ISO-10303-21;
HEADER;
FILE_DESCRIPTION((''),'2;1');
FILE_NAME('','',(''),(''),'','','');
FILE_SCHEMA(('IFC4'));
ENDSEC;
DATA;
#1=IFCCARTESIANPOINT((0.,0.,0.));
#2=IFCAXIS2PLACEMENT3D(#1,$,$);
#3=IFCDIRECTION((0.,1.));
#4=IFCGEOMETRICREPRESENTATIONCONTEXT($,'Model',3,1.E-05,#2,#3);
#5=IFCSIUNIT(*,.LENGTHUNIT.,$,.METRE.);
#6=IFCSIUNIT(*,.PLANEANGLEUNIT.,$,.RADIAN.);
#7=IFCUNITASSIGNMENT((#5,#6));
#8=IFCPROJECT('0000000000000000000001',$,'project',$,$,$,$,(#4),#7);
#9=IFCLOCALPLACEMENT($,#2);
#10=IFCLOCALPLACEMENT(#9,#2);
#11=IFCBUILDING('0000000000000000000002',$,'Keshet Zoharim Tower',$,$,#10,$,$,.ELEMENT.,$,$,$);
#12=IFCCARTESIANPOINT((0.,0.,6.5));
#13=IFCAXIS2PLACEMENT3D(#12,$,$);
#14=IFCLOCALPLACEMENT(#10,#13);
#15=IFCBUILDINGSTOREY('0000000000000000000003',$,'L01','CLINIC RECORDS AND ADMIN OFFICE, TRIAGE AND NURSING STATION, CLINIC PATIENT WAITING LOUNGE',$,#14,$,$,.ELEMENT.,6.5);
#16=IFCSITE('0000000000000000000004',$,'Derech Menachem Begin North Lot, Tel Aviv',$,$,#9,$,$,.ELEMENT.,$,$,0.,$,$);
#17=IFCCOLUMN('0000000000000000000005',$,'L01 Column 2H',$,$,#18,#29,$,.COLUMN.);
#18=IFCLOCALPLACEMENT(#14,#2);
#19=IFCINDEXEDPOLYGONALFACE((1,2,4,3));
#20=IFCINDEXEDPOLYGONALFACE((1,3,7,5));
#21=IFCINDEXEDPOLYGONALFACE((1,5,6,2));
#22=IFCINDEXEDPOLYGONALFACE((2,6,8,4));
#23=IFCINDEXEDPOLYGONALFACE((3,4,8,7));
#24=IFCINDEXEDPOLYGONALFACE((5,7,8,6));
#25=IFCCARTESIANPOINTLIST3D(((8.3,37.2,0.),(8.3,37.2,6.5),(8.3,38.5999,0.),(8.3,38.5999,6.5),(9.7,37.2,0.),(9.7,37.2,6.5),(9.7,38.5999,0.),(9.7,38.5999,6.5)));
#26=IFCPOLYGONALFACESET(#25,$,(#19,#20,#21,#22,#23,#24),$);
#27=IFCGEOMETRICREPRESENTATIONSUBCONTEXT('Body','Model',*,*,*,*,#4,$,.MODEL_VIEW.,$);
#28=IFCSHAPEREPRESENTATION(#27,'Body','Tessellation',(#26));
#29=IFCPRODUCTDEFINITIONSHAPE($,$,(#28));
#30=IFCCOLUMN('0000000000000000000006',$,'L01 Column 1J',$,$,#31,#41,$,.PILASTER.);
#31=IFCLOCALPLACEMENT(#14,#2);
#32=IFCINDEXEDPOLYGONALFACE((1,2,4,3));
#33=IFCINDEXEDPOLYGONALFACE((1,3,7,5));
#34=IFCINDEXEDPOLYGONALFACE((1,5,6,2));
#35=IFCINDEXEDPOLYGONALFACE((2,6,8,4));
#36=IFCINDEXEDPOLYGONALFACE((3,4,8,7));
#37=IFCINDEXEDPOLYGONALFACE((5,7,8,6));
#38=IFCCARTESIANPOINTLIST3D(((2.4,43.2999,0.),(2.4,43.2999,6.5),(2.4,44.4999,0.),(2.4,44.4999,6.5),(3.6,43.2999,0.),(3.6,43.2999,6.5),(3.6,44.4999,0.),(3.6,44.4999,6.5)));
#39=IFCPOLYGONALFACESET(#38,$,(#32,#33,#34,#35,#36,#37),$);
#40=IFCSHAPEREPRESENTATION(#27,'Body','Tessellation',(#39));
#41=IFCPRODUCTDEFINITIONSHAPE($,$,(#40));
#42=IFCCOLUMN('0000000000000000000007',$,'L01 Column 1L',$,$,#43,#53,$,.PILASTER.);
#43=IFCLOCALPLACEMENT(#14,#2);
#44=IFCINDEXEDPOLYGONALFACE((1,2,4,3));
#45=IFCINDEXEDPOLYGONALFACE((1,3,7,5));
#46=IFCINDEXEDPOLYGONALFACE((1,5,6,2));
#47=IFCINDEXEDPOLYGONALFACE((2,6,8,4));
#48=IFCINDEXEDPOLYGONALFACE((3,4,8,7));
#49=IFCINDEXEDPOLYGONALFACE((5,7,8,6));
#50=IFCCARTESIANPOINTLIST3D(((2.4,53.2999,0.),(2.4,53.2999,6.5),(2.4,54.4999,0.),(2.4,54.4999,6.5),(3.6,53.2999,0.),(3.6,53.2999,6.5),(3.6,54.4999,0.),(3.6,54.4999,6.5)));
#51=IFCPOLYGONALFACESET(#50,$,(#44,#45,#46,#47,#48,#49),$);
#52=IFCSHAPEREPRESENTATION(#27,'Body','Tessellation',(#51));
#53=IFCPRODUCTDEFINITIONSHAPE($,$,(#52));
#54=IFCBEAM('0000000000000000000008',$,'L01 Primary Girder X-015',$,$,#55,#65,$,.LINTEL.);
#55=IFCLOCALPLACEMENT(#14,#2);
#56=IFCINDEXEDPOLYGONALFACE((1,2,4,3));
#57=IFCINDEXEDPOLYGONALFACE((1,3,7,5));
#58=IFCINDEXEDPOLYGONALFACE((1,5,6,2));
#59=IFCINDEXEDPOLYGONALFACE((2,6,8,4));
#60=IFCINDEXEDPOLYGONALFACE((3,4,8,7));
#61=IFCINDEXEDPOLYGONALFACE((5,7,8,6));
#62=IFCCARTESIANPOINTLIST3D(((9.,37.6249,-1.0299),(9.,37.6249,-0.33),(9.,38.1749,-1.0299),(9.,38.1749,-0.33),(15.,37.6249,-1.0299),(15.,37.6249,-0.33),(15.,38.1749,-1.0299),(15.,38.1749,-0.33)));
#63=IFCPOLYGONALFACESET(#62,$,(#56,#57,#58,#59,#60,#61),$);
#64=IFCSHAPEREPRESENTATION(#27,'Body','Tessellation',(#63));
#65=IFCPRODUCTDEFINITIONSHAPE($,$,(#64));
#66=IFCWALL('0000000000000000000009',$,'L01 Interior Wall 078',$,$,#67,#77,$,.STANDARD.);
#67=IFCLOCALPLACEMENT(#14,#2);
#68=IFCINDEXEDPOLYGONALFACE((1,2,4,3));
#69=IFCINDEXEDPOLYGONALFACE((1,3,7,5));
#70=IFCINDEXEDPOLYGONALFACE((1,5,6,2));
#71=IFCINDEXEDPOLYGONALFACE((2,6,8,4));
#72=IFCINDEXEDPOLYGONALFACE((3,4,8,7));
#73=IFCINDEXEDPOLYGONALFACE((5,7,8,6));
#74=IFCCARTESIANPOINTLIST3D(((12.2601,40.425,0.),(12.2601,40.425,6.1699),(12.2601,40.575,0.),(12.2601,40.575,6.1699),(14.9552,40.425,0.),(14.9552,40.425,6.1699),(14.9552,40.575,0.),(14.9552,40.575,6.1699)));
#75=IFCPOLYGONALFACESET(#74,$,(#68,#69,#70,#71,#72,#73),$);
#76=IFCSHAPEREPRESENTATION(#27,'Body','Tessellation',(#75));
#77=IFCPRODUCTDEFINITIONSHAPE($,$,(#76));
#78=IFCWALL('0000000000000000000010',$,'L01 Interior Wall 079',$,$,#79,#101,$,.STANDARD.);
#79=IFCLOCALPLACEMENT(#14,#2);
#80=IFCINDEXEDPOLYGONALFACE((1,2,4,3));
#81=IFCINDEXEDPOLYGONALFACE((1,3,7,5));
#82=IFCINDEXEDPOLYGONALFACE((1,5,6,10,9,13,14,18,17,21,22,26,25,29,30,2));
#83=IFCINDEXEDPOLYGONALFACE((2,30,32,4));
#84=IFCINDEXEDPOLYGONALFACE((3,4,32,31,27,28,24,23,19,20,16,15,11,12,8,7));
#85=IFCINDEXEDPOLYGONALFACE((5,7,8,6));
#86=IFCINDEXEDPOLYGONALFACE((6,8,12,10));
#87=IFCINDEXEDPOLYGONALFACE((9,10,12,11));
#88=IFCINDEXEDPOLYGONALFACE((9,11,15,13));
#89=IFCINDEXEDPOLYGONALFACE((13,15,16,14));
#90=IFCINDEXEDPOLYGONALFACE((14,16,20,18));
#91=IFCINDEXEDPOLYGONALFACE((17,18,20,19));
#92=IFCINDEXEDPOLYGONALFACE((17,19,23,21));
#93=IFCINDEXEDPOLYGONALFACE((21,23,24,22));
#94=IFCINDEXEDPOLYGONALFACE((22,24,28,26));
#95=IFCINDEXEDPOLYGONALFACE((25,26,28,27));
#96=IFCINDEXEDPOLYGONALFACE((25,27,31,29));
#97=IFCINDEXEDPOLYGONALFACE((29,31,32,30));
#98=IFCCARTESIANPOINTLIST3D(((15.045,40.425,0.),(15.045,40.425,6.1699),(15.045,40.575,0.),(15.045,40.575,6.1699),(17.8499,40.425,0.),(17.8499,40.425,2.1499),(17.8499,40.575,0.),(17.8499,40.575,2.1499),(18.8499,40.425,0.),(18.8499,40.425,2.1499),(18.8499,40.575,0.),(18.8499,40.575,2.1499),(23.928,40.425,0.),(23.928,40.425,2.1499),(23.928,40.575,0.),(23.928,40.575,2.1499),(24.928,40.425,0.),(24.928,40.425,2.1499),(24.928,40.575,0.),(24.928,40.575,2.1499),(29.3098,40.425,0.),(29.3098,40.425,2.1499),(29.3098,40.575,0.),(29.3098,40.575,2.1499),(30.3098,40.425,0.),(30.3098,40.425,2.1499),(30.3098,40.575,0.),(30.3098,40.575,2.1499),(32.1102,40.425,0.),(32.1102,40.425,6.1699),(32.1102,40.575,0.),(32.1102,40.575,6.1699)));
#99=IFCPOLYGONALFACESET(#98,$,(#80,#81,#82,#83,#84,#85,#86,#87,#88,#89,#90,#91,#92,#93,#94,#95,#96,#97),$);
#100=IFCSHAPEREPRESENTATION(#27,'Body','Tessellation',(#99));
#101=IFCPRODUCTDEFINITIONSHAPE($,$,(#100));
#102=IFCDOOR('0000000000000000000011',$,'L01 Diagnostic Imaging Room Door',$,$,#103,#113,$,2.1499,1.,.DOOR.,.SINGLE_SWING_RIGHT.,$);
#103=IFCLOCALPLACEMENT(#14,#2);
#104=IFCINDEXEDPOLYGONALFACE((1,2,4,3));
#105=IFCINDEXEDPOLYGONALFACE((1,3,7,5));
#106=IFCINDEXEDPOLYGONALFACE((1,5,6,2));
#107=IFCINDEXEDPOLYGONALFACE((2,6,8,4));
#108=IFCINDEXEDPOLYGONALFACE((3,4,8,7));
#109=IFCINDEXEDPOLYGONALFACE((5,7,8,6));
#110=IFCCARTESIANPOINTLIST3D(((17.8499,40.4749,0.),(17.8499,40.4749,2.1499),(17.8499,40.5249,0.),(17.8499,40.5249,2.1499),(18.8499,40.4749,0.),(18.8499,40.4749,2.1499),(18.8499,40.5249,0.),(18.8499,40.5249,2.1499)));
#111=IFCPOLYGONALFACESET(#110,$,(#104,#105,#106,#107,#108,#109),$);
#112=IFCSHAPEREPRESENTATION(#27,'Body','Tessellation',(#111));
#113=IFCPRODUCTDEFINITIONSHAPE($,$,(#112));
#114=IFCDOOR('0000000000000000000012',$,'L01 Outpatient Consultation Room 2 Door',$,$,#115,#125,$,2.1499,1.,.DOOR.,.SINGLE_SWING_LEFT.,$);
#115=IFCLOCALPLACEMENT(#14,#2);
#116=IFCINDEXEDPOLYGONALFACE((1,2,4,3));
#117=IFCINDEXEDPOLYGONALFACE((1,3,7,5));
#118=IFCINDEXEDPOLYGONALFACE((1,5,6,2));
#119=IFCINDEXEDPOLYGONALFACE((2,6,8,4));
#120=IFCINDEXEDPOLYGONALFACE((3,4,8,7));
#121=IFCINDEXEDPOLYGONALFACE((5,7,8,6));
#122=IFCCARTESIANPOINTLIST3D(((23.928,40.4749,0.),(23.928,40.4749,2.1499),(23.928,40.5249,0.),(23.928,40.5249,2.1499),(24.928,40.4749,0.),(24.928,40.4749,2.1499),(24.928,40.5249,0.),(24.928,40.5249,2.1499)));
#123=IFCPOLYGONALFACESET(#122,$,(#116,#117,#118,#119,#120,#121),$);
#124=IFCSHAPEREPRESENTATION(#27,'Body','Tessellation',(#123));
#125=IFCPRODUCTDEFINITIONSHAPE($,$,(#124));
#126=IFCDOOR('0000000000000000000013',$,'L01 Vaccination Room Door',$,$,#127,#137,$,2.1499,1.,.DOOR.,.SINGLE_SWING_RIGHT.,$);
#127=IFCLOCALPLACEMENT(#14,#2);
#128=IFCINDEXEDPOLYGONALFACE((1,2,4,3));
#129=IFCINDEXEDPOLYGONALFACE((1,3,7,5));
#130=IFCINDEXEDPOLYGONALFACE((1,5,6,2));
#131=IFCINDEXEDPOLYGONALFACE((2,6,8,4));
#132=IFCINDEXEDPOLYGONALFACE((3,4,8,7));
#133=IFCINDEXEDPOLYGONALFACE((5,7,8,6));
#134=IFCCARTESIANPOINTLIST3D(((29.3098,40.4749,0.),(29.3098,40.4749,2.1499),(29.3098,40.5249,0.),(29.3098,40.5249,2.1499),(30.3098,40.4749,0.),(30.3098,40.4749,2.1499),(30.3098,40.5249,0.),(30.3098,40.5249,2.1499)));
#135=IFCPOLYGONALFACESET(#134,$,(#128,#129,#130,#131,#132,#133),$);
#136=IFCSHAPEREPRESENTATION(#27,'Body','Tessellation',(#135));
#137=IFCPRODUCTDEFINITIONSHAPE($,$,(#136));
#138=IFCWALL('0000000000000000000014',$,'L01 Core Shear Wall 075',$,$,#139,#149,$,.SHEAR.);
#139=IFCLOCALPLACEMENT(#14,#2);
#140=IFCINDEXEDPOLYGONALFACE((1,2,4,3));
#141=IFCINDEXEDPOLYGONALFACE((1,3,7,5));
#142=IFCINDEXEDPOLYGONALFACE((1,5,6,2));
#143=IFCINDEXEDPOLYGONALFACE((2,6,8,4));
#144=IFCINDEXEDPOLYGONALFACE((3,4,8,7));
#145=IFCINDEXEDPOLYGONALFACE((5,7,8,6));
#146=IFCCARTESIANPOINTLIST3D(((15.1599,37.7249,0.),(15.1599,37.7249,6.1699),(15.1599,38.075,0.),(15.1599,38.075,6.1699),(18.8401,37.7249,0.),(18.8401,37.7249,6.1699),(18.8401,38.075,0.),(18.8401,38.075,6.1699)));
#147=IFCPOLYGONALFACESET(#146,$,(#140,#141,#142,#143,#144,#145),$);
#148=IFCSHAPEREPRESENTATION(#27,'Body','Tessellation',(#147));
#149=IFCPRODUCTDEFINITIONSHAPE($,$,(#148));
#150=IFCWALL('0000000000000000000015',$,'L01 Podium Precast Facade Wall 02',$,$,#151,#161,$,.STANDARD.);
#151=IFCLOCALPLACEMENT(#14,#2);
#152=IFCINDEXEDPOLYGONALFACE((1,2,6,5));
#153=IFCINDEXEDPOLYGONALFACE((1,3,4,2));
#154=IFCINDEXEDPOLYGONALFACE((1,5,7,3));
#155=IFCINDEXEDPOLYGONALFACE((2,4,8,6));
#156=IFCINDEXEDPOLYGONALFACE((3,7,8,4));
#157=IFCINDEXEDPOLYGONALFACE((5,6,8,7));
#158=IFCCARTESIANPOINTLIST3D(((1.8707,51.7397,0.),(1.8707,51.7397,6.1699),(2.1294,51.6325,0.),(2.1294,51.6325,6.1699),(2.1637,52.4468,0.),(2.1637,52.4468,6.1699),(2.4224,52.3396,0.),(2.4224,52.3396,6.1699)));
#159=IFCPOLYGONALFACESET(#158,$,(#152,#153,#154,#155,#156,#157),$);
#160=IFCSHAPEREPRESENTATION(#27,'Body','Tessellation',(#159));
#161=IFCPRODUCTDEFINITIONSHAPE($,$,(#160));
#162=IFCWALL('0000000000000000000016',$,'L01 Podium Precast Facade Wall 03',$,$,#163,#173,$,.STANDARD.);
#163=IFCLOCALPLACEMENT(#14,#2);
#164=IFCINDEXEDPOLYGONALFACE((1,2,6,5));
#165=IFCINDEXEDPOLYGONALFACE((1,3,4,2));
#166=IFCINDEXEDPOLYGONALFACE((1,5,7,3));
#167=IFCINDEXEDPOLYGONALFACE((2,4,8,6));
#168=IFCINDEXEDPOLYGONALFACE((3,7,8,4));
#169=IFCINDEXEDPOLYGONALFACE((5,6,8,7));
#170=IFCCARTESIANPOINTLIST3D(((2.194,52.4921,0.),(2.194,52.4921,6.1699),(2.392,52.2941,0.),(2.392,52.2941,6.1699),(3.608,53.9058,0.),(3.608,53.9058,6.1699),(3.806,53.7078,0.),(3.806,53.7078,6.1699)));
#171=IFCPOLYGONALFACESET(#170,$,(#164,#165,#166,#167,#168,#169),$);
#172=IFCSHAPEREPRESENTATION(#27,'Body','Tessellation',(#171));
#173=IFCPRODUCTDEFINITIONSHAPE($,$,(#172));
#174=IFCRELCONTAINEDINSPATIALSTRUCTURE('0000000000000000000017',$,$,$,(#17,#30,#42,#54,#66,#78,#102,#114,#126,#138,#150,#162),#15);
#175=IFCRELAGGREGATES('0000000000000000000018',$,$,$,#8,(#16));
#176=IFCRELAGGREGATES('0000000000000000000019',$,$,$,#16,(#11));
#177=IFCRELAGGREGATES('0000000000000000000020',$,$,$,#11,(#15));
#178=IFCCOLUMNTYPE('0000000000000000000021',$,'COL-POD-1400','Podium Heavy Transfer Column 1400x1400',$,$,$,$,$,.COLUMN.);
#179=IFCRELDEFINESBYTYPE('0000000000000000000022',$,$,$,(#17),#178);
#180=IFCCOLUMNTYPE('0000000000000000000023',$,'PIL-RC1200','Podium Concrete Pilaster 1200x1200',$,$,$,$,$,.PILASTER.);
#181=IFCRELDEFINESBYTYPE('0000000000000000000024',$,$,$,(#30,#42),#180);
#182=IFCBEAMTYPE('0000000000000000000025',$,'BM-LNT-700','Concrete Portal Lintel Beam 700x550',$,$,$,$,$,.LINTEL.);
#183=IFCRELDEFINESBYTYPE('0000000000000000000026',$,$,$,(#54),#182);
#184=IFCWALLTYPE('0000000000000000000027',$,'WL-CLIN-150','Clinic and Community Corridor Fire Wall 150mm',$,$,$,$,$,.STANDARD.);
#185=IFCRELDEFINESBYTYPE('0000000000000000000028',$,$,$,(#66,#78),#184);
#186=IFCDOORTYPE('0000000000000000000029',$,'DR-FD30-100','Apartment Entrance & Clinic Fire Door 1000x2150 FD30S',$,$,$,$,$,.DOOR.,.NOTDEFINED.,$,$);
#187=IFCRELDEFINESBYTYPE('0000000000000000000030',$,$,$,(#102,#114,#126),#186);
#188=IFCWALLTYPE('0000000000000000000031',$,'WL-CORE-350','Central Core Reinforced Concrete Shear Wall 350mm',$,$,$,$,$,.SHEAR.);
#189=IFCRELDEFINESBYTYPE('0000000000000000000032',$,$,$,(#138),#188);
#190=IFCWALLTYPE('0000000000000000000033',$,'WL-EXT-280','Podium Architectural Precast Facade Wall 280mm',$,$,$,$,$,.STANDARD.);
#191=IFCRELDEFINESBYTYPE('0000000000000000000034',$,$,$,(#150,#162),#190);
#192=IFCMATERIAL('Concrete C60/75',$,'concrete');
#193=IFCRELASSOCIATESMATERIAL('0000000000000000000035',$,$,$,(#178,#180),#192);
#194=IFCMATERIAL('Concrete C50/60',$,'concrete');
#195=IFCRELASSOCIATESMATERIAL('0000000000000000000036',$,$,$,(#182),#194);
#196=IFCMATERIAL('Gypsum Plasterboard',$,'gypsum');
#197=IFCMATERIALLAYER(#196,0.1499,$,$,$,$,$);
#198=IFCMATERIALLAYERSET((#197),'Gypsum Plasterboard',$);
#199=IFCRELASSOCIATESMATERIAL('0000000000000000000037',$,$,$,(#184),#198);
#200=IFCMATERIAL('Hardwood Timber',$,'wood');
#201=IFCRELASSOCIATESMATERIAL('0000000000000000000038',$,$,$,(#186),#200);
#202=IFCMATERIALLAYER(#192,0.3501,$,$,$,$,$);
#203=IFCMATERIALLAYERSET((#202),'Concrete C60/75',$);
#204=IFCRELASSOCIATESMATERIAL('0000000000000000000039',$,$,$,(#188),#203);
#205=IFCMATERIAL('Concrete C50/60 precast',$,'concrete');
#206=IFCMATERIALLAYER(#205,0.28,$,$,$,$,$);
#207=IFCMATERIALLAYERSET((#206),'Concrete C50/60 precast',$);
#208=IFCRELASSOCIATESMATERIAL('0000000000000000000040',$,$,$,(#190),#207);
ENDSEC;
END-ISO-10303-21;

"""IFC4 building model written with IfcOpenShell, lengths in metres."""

from ifc_helpers import new_model, si_unit, direction, frame, frame_2d, origin, origin_2d, place, context, subcontext, project, spatial, rectangle, extrude, material, layer, layer_set, material_profile, profile_set, type_object, element, fill, save


model = new_model("IFC4")

# Units and contexts
model_context = context("Model", 3, precision=1e-05, world=origin(), true_north=direction((0.0, 1.0)))
body_context = subcontext(model_context, "Body", "Model", "MODEL_VIEW")
ifc_project = project(units=[si_unit("LENGTHUNIT", "METRE"), si_unit("PLANEANGLEUNIT", "RADIAN")], contexts=[model_context])

# Site, building, storey
site_placement = place(None, origin())
site = spatial("IfcSite", under=ifc_project, at=site_placement, Name="Derech Menachem Begin North Lot, Tel Aviv", CompositionType="ELEMENT", RefElevation=0.0)
building_placement = place(site_placement, origin())
building = spatial("IfcBuilding", under=site, at=building_placement, Name="Keshet Zoharim Tower", CompositionType="ELEMENT")
storey_placement = place(building_placement, frame((0.0, 0.0, 6.5)))
storey = spatial("IfcBuildingStorey", under=building, at=storey_placement, Name="L01", Description="CLINIC RECORDS AND ADMIN OFFICE, TRIAGE AND NURSING STATION, CLINIC PATIENT WAITING LOUNGE", CompositionType="ELEMENT", Elevation=6.5)

# Columns
ifc_material_1 = material(Name="Concrete C60/75", Category="concrete")
ifc_material_profile_1 = material_profile(ifc_material_1, rectangle(XDim=1.3999, YDim=1.3999, at=origin_2d()), Name="RC1400x1400")
ifc_profile_set_1 = profile_set([ifc_material_profile_1], Name="Concrete C60/75")
column_type_1 = type_object("IfcColumnType", Name="COL-POD-1400", Description="Podium Heavy Transfer Column 1400x1400", PredefinedType="COLUMN", material=ifc_profile_set_1)
column_placement = place(storey_placement, frame((9.0, 37.8999, 0.0), z_axis=(0.0, 0.0, 1.0), x_axis=(1.0, 0.0, 0.0)))
element("IfcColumn", 1, at=column_placement, inside=storey, type_object=column_type_1, Name="L01 Column 2H", PredefinedType="COLUMN", context=body_context, shape_type="SweptSolid", body=[
    extrude(rectangle(XDim=1.3999, YDim=1.3999, at=origin_2d()), origin(), (0.0, 0.0, 1.0), 6.5),
])
ifc_material_profile_2 = material_profile(ifc_material_1, rectangle(XDim=1.2, YDim=1.2, at=origin_2d()), Name="RC1200x1200")
ifc_profile_set_2 = profile_set([ifc_material_profile_2], Name="Concrete C60/75")
column_type_2 = type_object("IfcColumnType", Name="PIL-RC1200", Description="Podium Concrete Pilaster 1200x1200", PredefinedType="PILASTER", material=ifc_profile_set_2)
for number, where, z_axis, x_axis, name in (
    (2, (3.0, 43.8999, 0.0), (0.0, 0.0, 1.0), (1.0, 0.0, 0.0), "L01 Column 1J"),
    (3, (3.0, 53.8999, 0.0), (0.0, 0.0, 1.0), (1.0, 0.0, 0.0), "L01 Column 1L"),
):
    element("IfcColumn", number, at=place(storey_placement, frame(where, z_axis=z_axis, x_axis=x_axis)), inside=storey, type_object=column_type_2, Name=name, PredefinedType="PILASTER", context=body_context, shape_type="SweptSolid", body=[
        extrude(rectangle(XDim=1.2, YDim=1.2, at=origin_2d()), origin(), (0.0, 0.0, 1.0), 6.5),
    ])

# Beam
ifc_material_2 = material(Name="Concrete C50/60", Category="concrete")
ifc_material_profile_3 = material_profile(ifc_material_2, rectangle(XDim=0.55, YDim=0.7, at=origin_2d()), Name="RC700x550")
ifc_profile_set_3 = profile_set([ifc_material_profile_3], Name="Concrete C50/60")
beam_type = type_object("IfcBeamType", Name="BM-LNT-700", Description="Concrete Portal Lintel Beam 700x550", PredefinedType="LINTEL", material=ifc_profile_set_3)
beam_placement = place(storey_placement, frame((9.0, 37.8999, -0.6799), z_axis=(1.0, 0.0, 0.0), x_axis=(0.0, 1.0, 0.0)))
element("IfcBeam", 4, at=beam_placement, inside=storey, type_object=beam_type, Name="L01 Primary Girder X-015", PredefinedType="LINTEL", context=body_context, shape_type="SweptSolid", body=[
    extrude(rectangle(XDim=0.55, YDim=0.7, at=origin_2d()), origin(), (0.0, 0.0, 1.0), 6.0),
])

# Shared definitions
ifc_material_3 = material(Name="Gypsum Plasterboard", Category="gypsum")
ifc_layer_1 = layer(ifc_material_3, 0.1499)
ifc_layer_set_1 = layer_set([ifc_layer_1], Name="Gypsum Plasterboard")
wall_type_1 = type_object("IfcWallType", Name="WL-CLIN-150", Description="Clinic and Community Corridor Fire Wall 150mm", PredefinedType="STANDARD", material=ifc_layer_set_1)
ifc_material_4 = material(Name="Hardwood Timber", Category="wood")
door_type = type_object("IfcDoorType", Name="DR-FD30-100", Description="Apartment Entrance & Clinic Fire Door 1000x2150 FD30S", OperationType="NOTDEFINED", PredefinedType="DOOR", material=ifc_material_4)

# Wall
wall_1_placement = place(storey_placement, frame((12.26, 40.5, 0.0), z_axis=(0.0, 0.0, 1.0), x_axis=(1.0, 0.0, 0.0)))
element("IfcWall", 5, at=wall_1_placement, inside=storey, type_object=wall_type_1, Name="L01 Interior Wall 078", PredefinedType="STANDARD", context=body_context, shape_type="SweptSolid", body=[
    extrude(rectangle(XDim=2.6951, YDim=0.1499, at=frame_2d((1.3477, 0.0))), origin(), (0.0, 0.0, 1.0), 6.1699),
])

# Wall, openings, doors
wall_2_placement = place(storey_placement, frame((15.0449, 40.5, 0.0), z_axis=(0.0, 0.0, 1.0), x_axis=(1.0, 0.0, 0.0)))
wall_2 = element("IfcWall", 6, at=wall_2_placement, inside=storey, type_object=wall_type_1, Name="L01 Interior Wall 079", PredefinedType="STANDARD", context=body_context, shape_type="SweptSolid", body=[
    extrude(rectangle(XDim=17.0652, YDim=0.1499, at=frame_2d((8.5327, 0.0))), origin(), (0.0, 0.0, 1.0), 6.1699),
])
opening_1_placement = place(wall_2_placement, frame((2.8049, 0.0, 0.0)))
opening_1 = element("IfcOpeningElement", 7, at=opening_1_placement, cuts=wall_2, PredefinedType="OPENING", context=body_context, shape_type="SweptSolid", body=[
    extrude(rectangle(XDim=1.0, YDim=2.1499, at=frame_2d((0.5, 1.075))), frame((0.0, 0.085, 0.0), z_axis=(0.0, -1.0, 0.0), x_axis=(1.0, 0.0, 0.0)), (0.0, 0.0, 1.0), 0.1699),
])
opening_2_placement = place(wall_2_placement, frame((8.8831, 0.0, 0.0)))
opening_2 = element("IfcOpeningElement", 8, at=opening_2_placement, cuts=wall_2, PredefinedType="OPENING", context=body_context, shape_type="SweptSolid", body=[
    extrude(rectangle(XDim=1.0, YDim=2.1499, at=frame_2d((0.5, 1.075))), frame((0.0, 0.085, 0.0), z_axis=(0.0, -1.0, 0.0), x_axis=(1.0, 0.0, 0.0)), (0.0, 0.0, 1.0), 0.1699),
])
opening_3_placement = place(wall_2_placement, frame((14.2649, 0.0, 0.0)))
opening_3 = element("IfcOpeningElement", 9, at=opening_3_placement, cuts=wall_2, PredefinedType="OPENING", context=body_context, shape_type="SweptSolid", body=[
    extrude(rectangle(XDim=1.0, YDim=2.1499, at=frame_2d((0.5, 1.075))), frame((0.0, 0.085, 0.0), z_axis=(0.0, -1.0, 0.0), x_axis=(1.0, 0.0, 0.0)), (0.0, 0.0, 1.0), 0.1699),
])
door_1_placement = place(opening_1_placement, origin())
door_1 = element("IfcDoor", 10, at=door_1_placement, inside=storey, type_object=door_type, Name="L01 Diagnostic Imaging Room Door", OperationType="SINGLE_SWING_RIGHT", OverallHeight=2.1499, OverallWidth=1.0, PredefinedType="DOOR", context=body_context, shape_type="SweptSolid", body=[
    extrude(rectangle(XDim=1.0, YDim=2.1499, at=frame_2d((0.5, 1.075))), frame((0.0, 0.0249, 0.0), z_axis=(0.0, -1.0, 0.0), x_axis=(1.0, 0.0, 0.0)), (0.0, 0.0, 1.0), 0.05),
])
fill(opening_1, door_1)
door_2_placement = place(opening_2_placement, origin())
door_2 = element("IfcDoor", 11, at=door_2_placement, inside=storey, type_object=door_type, Name="L01 Outpatient Consultation Room 2 Door", OperationType="SINGLE_SWING_LEFT", OverallHeight=2.1499, OverallWidth=1.0, PredefinedType="DOOR", context=body_context, shape_type="SweptSolid", body=[
    extrude(rectangle(XDim=1.0, YDim=2.1499, at=frame_2d((0.5, 1.075))), frame((0.0, 0.0249, 0.0), z_axis=(0.0, -1.0, 0.0), x_axis=(1.0, 0.0, 0.0)), (0.0, 0.0, 1.0), 0.05),
])
fill(opening_2, door_2)
door_3_placement = place(opening_3_placement, origin())
door_3 = element("IfcDoor", 12, at=door_3_placement, inside=storey, type_object=door_type, Name="L01 Vaccination Room Door", OperationType="SINGLE_SWING_RIGHT", OverallHeight=2.1499, OverallWidth=1.0, PredefinedType="DOOR", context=body_context, shape_type="SweptSolid", body=[
    extrude(rectangle(XDim=1.0, YDim=2.1499, at=frame_2d((0.5, 1.075))), frame((0.0, 0.0249, 0.0), z_axis=(0.0, -1.0, 0.0), x_axis=(1.0, 0.0, 0.0)), (0.0, 0.0, 1.0), 0.05),
])
fill(opening_3, door_3)

# Walls
ifc_layer_2 = layer(ifc_material_1, 0.3501)
ifc_layer_set_2 = layer_set([ifc_layer_2], Name="Concrete C60/75")
wall_type_2 = type_object("IfcWallType", Name="WL-CORE-350", Description="Central Core Reinforced Concrete Shear Wall 350mm", PredefinedType="SHEAR", material=ifc_layer_set_2)
wall_3_placement = place(storey_placement, frame((15.1599, 37.8999, 0.0), z_axis=(0.0, 0.0, 1.0), x_axis=(1.0, 0.0, 0.0)))
element("IfcWall", 13, at=wall_3_placement, inside=storey, type_object=wall_type_2, Name="L01 Core Shear Wall 075", PredefinedType="SHEAR", context=body_context, shape_type="SweptSolid", body=[
    extrude(rectangle(XDim=3.6802, YDim=0.3501, at=frame_2d((1.8401, 0.0))), origin(), (0.0, 0.0, 1.0), 6.1699),
])
ifc_material_5 = material(Name="Concrete C50/60 precast", Category="concrete")
ifc_layer_3 = layer(ifc_material_5, 0.28)
ifc_layer_set_3 = layer_set([ifc_layer_3], Name="Concrete C50/60 precast")
wall_type_3 = type_object("IfcWallType", Name="WL-EXT-280", Description="Podium Architectural Precast Facade Wall 280mm", PredefinedType="STANDARD", material=ifc_layer_set_3)
wall_4_placement = place(storey_placement, frame((2.0, 51.686, 0.0), z_axis=(0.0, 0.0, 1.0), x_axis=(0.382803, 0.92383, 0.0)))
element("IfcWall", 14, at=wall_4_placement, inside=storey, type_object=wall_type_3, Name="L01 Podium Precast Facade Wall 02", PredefinedType="STANDARD", context=body_context, shape_type="SweptSolid", body=[
    extrude(rectangle(XDim=0.7654, YDim=0.28, at=frame_2d((0.3828, 0.0))), origin(), (0.0, 0.0, 1.0), 6.1699),
])
wall_5_placement = place(storey_placement, frame((2.293, 52.3931, 0.0), z_axis=(0.0, 0.0, 1.0), x_axis=(0.707168, 0.707046, 0.0)))
element("IfcWall", 15, at=wall_5_placement, inside=storey, type_object=wall_type_3, Name="L01 Podium Precast Facade Wall 03", PredefinedType="STANDARD", context=body_context, shape_type="SweptSolid", body=[
    extrude(rectangle(XDim=1.9995, YDim=0.28, at=frame_2d((0.9998, 0.0))), origin(), (0.0, 0.0, 1.0), 6.1699),
])

save(model, "model.ifc")
